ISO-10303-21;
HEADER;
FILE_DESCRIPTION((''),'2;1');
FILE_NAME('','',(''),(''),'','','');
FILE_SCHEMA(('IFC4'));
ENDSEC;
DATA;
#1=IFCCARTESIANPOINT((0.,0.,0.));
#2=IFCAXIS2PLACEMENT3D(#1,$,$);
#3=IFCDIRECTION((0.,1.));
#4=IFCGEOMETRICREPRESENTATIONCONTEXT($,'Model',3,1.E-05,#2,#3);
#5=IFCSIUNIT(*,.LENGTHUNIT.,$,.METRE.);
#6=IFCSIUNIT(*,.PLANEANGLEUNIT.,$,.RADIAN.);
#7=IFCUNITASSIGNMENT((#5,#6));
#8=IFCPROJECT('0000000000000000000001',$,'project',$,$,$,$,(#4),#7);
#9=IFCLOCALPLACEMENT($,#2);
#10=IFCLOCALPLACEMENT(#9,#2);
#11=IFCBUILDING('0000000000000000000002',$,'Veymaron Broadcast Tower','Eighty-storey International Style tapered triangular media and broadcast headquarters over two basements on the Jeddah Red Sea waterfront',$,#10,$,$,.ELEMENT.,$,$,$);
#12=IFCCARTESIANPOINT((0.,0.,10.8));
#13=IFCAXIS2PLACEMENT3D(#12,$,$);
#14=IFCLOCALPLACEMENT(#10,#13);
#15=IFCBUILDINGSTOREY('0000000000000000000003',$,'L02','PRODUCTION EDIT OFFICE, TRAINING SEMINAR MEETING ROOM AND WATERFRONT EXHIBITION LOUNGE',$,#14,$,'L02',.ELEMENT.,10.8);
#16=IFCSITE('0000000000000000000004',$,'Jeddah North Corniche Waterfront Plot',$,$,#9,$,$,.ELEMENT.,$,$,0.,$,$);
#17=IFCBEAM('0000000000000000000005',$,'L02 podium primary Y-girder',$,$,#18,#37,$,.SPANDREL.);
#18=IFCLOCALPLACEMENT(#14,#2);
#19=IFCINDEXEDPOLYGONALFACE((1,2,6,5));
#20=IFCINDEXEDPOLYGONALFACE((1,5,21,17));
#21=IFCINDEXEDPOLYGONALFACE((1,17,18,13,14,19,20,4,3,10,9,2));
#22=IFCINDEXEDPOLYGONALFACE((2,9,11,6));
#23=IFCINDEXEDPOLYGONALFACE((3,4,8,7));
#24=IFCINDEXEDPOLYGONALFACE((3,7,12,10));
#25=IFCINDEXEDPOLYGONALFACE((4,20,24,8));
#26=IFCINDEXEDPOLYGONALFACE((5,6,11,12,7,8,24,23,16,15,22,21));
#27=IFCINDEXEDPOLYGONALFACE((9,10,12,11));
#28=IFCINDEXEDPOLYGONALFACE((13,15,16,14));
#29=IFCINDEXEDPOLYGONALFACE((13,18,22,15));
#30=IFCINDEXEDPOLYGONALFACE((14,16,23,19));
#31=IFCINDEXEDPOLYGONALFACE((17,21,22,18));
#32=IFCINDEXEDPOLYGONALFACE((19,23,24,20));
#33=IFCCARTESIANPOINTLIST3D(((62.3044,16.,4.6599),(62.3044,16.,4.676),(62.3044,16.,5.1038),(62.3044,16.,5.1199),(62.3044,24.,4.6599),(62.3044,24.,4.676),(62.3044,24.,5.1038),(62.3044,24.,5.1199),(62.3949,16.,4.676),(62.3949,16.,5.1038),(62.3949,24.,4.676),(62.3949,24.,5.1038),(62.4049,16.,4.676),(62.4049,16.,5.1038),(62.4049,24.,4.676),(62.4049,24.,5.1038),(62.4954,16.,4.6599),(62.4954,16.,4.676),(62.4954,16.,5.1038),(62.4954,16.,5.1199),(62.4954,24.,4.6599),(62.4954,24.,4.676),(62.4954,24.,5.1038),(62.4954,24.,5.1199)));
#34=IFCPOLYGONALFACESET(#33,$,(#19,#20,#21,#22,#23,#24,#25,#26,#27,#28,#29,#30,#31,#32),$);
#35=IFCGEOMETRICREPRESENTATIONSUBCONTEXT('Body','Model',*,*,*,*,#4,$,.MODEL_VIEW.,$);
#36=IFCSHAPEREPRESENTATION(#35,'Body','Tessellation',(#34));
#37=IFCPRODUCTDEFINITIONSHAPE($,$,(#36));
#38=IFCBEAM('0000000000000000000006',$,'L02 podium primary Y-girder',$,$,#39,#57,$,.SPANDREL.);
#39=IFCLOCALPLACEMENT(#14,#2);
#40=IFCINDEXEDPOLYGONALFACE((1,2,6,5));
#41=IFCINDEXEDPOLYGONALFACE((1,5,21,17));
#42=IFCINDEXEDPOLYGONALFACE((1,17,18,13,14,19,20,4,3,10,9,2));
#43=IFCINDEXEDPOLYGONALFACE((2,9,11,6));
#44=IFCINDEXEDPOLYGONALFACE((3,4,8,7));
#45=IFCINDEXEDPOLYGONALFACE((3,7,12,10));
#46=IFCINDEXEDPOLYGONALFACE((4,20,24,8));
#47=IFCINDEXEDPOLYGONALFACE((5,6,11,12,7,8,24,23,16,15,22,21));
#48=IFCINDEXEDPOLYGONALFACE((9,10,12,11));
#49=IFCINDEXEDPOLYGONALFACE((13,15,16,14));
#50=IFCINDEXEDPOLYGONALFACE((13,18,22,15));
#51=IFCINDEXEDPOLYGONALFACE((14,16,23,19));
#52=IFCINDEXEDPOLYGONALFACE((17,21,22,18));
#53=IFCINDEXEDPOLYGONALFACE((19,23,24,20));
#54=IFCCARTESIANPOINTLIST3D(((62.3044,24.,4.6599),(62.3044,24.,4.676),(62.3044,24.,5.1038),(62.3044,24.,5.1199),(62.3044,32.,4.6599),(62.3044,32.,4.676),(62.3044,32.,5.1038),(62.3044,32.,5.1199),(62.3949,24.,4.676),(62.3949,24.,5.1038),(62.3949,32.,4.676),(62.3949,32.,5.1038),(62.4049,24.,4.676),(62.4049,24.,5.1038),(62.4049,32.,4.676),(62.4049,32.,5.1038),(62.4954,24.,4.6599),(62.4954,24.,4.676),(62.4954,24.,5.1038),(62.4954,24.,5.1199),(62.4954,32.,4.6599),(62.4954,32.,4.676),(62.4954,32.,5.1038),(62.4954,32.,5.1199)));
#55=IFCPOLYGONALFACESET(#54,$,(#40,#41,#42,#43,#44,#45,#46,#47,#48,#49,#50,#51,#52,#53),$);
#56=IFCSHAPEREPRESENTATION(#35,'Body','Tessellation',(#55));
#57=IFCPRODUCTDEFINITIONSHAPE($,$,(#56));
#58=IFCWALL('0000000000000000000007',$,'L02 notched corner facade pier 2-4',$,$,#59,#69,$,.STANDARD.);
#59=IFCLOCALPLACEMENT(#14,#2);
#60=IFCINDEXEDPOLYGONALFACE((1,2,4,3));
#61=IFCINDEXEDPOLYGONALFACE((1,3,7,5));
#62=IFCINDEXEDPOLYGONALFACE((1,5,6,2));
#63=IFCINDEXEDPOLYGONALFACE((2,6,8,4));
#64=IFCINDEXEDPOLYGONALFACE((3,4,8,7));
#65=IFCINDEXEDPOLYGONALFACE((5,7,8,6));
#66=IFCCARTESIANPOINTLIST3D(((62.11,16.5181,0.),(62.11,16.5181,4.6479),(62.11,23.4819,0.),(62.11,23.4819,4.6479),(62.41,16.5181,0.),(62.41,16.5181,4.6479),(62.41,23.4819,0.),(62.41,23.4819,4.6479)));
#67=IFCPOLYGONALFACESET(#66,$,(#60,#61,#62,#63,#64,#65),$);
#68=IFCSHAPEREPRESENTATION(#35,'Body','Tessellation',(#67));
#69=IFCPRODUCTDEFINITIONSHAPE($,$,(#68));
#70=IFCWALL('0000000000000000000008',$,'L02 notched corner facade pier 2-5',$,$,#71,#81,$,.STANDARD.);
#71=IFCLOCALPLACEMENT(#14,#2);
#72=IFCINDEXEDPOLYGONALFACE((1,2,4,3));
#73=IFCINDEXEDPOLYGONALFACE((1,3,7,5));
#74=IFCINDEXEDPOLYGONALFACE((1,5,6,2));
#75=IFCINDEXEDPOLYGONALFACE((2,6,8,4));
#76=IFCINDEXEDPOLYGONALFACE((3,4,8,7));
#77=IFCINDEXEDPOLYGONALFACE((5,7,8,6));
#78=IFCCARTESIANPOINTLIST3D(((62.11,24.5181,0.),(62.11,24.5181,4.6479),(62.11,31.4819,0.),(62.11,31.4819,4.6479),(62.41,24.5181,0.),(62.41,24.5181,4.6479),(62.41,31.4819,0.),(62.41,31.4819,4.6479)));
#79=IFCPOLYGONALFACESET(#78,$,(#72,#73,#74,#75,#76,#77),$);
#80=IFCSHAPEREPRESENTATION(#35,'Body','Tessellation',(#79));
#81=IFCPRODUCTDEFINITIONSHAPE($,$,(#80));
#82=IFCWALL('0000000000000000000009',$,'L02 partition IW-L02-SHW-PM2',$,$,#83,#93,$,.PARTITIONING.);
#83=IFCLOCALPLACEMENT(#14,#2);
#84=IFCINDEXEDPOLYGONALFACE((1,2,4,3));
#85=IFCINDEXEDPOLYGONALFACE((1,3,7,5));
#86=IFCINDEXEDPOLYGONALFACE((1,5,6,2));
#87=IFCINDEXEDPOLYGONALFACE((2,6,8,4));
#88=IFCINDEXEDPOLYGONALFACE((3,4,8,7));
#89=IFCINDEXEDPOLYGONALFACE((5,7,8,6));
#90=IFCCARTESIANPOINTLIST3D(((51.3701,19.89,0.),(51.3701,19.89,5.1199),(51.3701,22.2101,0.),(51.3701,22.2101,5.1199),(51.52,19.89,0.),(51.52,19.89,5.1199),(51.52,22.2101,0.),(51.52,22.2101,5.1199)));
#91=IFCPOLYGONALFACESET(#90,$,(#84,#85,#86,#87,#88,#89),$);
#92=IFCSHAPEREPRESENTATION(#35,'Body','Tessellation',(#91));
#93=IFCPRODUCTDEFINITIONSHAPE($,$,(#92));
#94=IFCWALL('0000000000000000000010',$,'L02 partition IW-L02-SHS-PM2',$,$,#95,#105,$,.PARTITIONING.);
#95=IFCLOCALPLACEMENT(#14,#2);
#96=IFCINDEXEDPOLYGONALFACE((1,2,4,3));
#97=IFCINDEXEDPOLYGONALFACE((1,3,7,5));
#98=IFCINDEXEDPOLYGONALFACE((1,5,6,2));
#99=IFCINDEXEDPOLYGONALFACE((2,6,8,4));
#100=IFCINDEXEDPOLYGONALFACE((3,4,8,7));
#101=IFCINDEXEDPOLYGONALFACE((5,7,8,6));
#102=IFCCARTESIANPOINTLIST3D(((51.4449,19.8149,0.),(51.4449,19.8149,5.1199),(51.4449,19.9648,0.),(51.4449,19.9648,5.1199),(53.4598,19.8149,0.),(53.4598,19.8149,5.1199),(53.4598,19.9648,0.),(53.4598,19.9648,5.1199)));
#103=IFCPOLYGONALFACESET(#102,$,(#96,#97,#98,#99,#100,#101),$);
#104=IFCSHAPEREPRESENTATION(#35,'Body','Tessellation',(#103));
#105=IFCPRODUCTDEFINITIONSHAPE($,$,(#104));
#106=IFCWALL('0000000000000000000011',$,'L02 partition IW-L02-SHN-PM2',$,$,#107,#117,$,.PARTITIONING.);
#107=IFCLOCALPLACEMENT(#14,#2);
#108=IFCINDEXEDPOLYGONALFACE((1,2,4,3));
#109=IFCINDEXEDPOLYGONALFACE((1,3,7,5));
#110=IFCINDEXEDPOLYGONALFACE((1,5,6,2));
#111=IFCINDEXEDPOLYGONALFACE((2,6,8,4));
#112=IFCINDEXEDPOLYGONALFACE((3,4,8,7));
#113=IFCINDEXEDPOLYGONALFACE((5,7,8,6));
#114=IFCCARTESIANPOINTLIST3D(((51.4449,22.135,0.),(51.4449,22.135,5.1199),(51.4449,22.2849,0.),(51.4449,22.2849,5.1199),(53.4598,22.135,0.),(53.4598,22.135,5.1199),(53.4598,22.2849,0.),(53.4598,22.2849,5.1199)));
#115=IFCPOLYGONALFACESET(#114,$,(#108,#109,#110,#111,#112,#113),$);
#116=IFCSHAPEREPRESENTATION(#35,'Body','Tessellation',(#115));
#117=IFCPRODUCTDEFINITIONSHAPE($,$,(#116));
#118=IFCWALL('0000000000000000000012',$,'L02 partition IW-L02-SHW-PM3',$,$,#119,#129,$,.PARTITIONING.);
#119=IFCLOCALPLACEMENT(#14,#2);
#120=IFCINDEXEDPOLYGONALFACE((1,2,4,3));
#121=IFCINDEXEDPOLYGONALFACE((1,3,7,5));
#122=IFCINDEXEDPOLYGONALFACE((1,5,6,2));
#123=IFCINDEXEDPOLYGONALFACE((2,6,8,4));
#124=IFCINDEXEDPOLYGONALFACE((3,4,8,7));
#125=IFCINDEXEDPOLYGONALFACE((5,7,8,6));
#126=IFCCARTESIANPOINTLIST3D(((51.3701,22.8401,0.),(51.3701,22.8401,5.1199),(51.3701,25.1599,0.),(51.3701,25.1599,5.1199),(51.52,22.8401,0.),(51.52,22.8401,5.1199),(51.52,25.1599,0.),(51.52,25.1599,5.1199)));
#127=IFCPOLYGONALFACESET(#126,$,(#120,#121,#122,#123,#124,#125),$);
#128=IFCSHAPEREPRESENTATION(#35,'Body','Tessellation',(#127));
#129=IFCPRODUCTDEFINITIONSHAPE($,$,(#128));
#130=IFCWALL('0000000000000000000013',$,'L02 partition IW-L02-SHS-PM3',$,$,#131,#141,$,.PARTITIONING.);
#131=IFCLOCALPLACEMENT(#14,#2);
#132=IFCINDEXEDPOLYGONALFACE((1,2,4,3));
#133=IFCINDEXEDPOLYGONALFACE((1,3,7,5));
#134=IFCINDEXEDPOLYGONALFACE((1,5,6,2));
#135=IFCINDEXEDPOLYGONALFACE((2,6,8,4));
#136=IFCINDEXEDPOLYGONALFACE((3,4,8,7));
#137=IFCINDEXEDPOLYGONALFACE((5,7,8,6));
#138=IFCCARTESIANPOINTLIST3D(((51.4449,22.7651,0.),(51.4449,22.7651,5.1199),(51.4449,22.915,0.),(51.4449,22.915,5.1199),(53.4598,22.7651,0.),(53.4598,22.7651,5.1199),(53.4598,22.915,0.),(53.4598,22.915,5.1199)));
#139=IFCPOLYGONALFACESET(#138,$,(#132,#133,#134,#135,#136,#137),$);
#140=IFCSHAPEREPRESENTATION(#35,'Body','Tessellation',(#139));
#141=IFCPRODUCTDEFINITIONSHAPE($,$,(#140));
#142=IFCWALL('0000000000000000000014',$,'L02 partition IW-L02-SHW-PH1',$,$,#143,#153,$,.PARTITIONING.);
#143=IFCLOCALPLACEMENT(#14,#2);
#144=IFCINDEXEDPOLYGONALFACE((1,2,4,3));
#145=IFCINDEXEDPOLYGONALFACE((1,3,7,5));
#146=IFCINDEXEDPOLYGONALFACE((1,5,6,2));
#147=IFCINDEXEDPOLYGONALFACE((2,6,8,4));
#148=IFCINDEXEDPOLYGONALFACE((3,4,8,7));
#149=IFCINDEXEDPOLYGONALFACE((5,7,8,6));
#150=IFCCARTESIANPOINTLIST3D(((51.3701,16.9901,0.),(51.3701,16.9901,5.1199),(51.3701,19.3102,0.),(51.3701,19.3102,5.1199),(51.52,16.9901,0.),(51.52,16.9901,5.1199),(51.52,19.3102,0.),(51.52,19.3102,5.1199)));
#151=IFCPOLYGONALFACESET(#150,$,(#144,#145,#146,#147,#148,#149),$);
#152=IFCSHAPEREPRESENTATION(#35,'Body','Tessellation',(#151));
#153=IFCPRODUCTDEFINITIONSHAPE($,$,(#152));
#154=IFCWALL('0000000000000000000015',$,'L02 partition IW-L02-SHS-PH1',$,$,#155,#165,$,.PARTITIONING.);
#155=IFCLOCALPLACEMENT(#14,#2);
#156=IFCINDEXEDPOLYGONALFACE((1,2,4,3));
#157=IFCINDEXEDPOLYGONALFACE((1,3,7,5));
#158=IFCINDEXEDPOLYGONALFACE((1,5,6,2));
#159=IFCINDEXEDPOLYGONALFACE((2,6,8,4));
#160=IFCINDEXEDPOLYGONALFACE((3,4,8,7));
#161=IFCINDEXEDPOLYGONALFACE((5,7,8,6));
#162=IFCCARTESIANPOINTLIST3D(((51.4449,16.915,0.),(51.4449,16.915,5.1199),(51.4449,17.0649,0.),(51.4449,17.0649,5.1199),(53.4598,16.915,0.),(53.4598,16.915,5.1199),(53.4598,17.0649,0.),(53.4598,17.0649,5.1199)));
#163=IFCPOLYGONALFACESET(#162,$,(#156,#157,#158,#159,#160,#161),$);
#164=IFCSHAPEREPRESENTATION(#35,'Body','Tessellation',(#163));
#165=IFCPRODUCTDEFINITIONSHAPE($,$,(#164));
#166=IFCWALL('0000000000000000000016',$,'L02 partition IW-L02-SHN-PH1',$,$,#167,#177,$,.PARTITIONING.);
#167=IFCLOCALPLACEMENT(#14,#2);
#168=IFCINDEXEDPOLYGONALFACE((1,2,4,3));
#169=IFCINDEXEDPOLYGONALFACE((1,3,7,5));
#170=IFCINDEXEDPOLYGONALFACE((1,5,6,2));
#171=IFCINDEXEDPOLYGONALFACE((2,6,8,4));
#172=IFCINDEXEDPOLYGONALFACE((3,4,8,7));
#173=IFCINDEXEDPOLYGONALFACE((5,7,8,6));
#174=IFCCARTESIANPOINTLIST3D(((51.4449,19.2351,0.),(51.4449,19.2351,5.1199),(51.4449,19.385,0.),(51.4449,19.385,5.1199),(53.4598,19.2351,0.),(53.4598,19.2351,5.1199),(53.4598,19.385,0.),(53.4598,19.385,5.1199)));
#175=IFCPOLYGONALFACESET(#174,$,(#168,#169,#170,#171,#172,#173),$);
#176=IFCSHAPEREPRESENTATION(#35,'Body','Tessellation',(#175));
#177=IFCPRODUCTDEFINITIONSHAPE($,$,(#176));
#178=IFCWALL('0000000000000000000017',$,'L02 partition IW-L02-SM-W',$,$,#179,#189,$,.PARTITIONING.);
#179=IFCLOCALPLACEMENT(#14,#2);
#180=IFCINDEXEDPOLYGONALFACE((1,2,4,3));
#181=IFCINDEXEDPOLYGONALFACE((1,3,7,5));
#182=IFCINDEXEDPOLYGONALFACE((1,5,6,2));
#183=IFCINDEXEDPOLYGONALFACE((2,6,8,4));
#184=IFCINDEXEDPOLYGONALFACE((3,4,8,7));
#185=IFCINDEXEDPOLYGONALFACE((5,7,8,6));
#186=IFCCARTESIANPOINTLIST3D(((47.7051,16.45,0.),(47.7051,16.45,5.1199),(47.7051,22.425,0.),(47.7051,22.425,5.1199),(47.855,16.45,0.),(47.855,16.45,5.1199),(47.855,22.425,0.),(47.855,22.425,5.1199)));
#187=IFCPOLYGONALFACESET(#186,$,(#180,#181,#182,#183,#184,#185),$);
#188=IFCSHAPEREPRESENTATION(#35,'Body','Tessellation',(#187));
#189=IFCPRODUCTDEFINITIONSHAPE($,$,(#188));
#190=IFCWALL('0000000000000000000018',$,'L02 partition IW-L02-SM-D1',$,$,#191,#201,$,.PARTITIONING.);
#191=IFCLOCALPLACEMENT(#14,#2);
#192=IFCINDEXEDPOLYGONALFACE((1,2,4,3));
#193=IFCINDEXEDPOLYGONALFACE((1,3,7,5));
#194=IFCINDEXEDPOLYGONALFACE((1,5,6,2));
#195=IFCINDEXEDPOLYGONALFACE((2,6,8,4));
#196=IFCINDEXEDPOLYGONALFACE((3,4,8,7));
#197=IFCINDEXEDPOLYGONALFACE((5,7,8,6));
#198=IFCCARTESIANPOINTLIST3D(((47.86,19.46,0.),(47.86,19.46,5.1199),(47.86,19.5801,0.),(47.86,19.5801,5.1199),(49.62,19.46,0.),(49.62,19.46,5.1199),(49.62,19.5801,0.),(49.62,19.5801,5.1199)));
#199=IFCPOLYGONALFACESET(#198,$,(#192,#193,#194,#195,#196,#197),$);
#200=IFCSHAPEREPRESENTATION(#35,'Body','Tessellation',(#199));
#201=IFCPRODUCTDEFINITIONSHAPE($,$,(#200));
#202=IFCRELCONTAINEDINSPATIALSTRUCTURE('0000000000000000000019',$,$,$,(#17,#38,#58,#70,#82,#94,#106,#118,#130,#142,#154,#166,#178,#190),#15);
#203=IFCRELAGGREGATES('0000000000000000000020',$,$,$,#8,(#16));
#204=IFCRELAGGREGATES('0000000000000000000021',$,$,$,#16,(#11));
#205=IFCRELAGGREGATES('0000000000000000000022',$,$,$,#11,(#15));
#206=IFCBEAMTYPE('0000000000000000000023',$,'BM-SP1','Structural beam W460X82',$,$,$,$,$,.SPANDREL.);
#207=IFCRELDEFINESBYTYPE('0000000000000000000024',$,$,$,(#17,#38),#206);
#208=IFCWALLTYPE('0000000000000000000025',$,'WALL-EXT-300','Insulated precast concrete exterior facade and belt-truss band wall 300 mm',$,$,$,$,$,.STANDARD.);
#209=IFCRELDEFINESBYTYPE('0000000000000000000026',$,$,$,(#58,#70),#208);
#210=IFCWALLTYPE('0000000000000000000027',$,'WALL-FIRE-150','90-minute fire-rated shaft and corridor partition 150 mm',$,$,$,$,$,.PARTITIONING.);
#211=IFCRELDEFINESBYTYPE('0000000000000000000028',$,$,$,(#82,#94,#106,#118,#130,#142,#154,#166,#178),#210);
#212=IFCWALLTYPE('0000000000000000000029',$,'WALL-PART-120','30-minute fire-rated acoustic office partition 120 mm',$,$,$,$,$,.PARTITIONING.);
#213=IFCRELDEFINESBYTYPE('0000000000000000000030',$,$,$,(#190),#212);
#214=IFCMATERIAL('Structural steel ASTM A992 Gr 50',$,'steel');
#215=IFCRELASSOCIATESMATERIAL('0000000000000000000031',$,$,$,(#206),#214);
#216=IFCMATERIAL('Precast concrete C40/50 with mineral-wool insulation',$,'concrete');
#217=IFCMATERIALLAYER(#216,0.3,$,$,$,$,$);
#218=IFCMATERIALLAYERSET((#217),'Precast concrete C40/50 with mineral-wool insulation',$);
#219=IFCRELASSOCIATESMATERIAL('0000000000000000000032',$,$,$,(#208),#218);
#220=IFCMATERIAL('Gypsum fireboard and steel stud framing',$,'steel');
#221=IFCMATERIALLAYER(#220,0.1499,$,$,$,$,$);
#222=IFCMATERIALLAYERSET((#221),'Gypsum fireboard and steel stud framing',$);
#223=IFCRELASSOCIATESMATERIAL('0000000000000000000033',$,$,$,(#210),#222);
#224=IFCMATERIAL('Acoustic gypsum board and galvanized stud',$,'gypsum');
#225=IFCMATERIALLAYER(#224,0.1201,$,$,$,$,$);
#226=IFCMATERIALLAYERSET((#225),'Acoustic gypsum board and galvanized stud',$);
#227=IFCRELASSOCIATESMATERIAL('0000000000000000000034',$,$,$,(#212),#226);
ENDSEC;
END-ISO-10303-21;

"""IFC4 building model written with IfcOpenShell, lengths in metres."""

from ifc_helpers import new_model, si_unit, direction, frame, frame_2d, origin, origin_2d, place, context, subcontext, project, spatial, rectangle, i_section, extrude, material, layer, layer_set, material_profile, profile_set, type_object, element, save


model = new_model("IFC4")

# Units and contexts
model_context = context("Model", 3, precision=1e-05, world=origin(), true_north=direction((0.0, 1.0)))
body_context = subcontext(model_context, "Body", "Model", "MODEL_VIEW")
ifc_project = project(units=[si_unit("LENGTHUNIT", "METRE"), si_unit("PLANEANGLEUNIT", "RADIAN")], contexts=[model_context])

# Site, building, storey
site_placement = place(None, origin())
site = spatial("IfcSite", under=ifc_project, at=site_placement, Name="Jeddah North Corniche Waterfront Plot", CompositionType="ELEMENT", RefElevation=0.0)
building_placement = place(site_placement, origin())
building = spatial("IfcBuilding", under=site, at=building_placement, Name="Veymaron Broadcast Tower", Description="Eighty-storey International Style tapered triangular media and broadcast headquarters over two basements on the Jeddah Red Sea waterfront", CompositionType="ELEMENT")
storey_placement = place(building_placement, frame((0.0, 0.0, 10.8)))
storey = spatial("IfcBuildingStorey", under=building, at=storey_placement, Name="L02", Description="PRODUCTION EDIT OFFICE, TRAINING SEMINAR MEETING ROOM AND WATERFRONT EXHIBITION LOUNGE", LongName="L02", CompositionType="ELEMENT", Elevation=10.8)

# Beams
ifc_material_1 = material(Name="Structural steel ASTM A992 Gr 50", Category="steel")
ifc_material_profile_1 = material_profile(ifc_material_1, i_section(OverallWidth=0.1909, OverallDepth=0.46, WebThickness=0.01, FlangeThickness=0.0161, at=origin_2d()), Name="W460X82")
ifc_profile_set_1 = profile_set([ifc_material_profile_1], Name="Structural steel ASTM A992 Gr 50")
beam_type_1 = type_object("IfcBeamType", Name="BM-SP1", Description="Structural beam W460X82", PredefinedType="SPANDREL", material=ifc_profile_set_1)
for number, where, z_axis, x_axis, name in (
    (1, (62.3999, 16.0, 4.8899), (0.0, 1.0, 0.0), (-1.0, 0.0, 0.0), "L02 podium primary Y-girder"),
    (2, (62.3999, 24.0, 4.8899), (0.0, 1.0, 0.0), (-1.0, 0.0, 0.0), "L02 podium primary Y-girder"),
):
    element("IfcBeam", number, at=place(storey_placement, frame(where, z_axis=z_axis, x_axis=x_axis)), inside=storey, type_object=beam_type_1, Name=name, PredefinedType="SPANDREL", context=body_context, shape_type="SweptSolid", body=[
        extrude(i_section(OverallWidth=0.1909, OverallDepth=0.46, WebThickness=0.01, FlangeThickness=0.0161, at=origin_2d()), origin(), (0.0, 0.0, 1.0), 8.0),
    ])

# Walls
ifc_material_2 = material(Name="Precast concrete C40/50 with mineral-wool insulation", Category="concrete")
ifc_layer_1 = layer(ifc_material_2, 0.3)
ifc_layer_set_1 = layer_set([ifc_layer_1], Name="Precast concrete C40/50 with mineral-wool insulation")
wall_type_1 = type_object("IfcWallType", Name="WALL-EXT-300", Description="Insulated precast concrete exterior facade and belt-truss band wall 300 mm", PredefinedType="STANDARD", material=ifc_layer_set_1)
for number, where, z_axis, x_axis, name in (
    (3, (62.26, 16.5181, 0.0), (0.0, 0.0, 1.0), (0.0, 1.0, 0.0), "L02 notched corner facade pier 2-4"),
    (4, (62.26, 24.5181, 0.0), (0.0, 0.0, 1.0), (0.0, 1.0, 0.0), "L02 notched corner facade pier 2-5"),
):
    element("IfcWall", number, at=place(storey_placement, frame(where, z_axis=z_axis, x_axis=x_axis)), inside=storey, type_object=wall_type_1, Name=name, PredefinedType="STANDARD", context=body_context, shape_type="SweptSolid", body=[
        extrude(rectangle(XDim=6.9639, YDim=0.3, at=frame_2d((3.4819, 0.0))), origin(), (0.0, 0.0, 1.0), 4.6479),
    ])
ifc_material_3 = material(Name="Gypsum fireboard and steel stud framing", Category="steel")
ifc_layer_2 = layer(ifc_material_3, 0.1499)
ifc_layer_set_2 = layer_set([ifc_layer_2], Name="Gypsum fireboard and steel stud framing")
wall_type_2 = type_object("IfcWallType", Name="WALL-FIRE-150", Description="90-minute fire-rated shaft and corridor partition 150 mm", PredefinedType="PARTITIONING", material=ifc_layer_set_2)
wall_1_placement = place(storey_placement, frame((51.4451, 19.8899, 0.0), z_axis=(0.0, 0.0, 1.0), x_axis=(0.0, 1.0, 0.0)))
element("IfcWall", 5, at=wall_1_placement, inside=storey, type_object=wall_type_2, Name="L02 partition IW-L02-SHW-PM2", PredefinedType="PARTITIONING", context=body_context, shape_type="SweptSolid", body=[
    extrude(rectangle(XDim=2.3201, YDim=0.1499, at=frame_2d((1.1602, 0.0))), origin(), (0.0, 0.0, 1.0), 5.1199),
])
for number, where, z_axis, x_axis, name in (
    (6, (51.4451, 19.8899, 0.0), (0.0, 0.0, 1.0), (1.0, 0.0, 0.0), "L02 partition IW-L02-SHS-PM2"),
    (7, (51.4451, 22.21, 0.0), (0.0, 0.0, 1.0), (1.0, 0.0, 0.0), "L02 partition IW-L02-SHN-PM2"),
):
    element("IfcWall", number, at=place(storey_placement, frame(where, z_axis=z_axis, x_axis=x_axis)), inside=storey, type_object=wall_type_2, Name=name, PredefinedType="PARTITIONING", context=body_context, shape_type="SweptSolid", body=[
        extrude(rectangle(XDim=2.0149, YDim=0.1499, at=frame_2d((1.0073, 0.0))), origin(), (0.0, 0.0, 1.0), 5.1199),
    ])
wall_2_placement = place(storey_placement, frame((51.4451, 22.8401, 0.0), z_axis=(0.0, 0.0, 1.0), x_axis=(0.0, 1.0, 0.0)))
element("IfcWall", 8, at=wall_2_placement, inside=storey, type_object=wall_type_2, Name="L02 partition IW-L02-SHW-PM3", PredefinedType="PARTITIONING", context=body_context, shape_type="SweptSolid", body=[
    extrude(rectangle(XDim=2.3198, YDim=0.1499, at=frame_2d((1.1599, 0.0))), origin(), (0.0, 0.0, 1.0), 5.1199),
])
wall_3_placement = place(storey_placement, frame((51.4451, 22.8401, 0.0), z_axis=(0.0, 0.0, 1.0), x_axis=(1.0, 0.0, 0.0)))
element("IfcWall", 9, at=wall_3_placement, inside=storey, type_object=wall_type_2, Name="L02 partition IW-L02-SHS-PM3", PredefinedType="PARTITIONING", context=body_context, shape_type="SweptSolid", body=[
    extrude(rectangle(XDim=2.0149, YDim=0.1499, at=frame_2d((1.0073, 0.0))), origin(), (0.0, 0.0, 1.0), 5.1199),
])
wall_4_placement = place(storey_placement, frame((51.4451, 16.99, 0.0), z_axis=(0.0, 0.0, 1.0), x_axis=(0.0, 1.0, 0.0)))
element("IfcWall", 10, at=wall_4_placement, inside=storey, type_object=wall_type_2, Name="L02 partition IW-L02-SHW-PH1", PredefinedType="PARTITIONING", context=body_context, shape_type="SweptSolid", body=[
    extrude(rectangle(XDim=2.3201, YDim=0.1499, at=frame_2d((1.1602, 0.0))), origin(), (0.0, 0.0, 1.0), 5.1199),
])
for number, where, z_axis, x_axis, name in (
    (11, (51.4451, 16.99, 0.0), (0.0, 0.0, 1.0), (1.0, 0.0, 0.0), "L02 partition IW-L02-SHS-PH1"),
    (12, (51.4451, 19.3101, 0.0), (0.0, 0.0, 1.0), (1.0, 0.0, 0.0), "L02 partition IW-L02-SHN-PH1"),
):
    element("IfcWall", number, at=place(storey_placement, frame(where, z_axis=z_axis, x_axis=x_axis)), inside=storey, type_object=wall_type_2, Name=name, PredefinedType="PARTITIONING", context=body_context, shape_type="SweptSolid", body=[
        extrude(rectangle(XDim=2.0149, YDim=0.1499, at=frame_2d((1.0073, 0.0))), origin(), (0.0, 0.0, 1.0), 5.1199),
    ])

# Walls
wall_5_placement = place(storey_placement, frame((47.78, 16.45, 0.0), z_axis=(0.0, 0.0, 1.0), x_axis=(0.0, 1.0, 0.0)))
element("IfcWall", 13, at=wall_5_placement, inside=storey, type_object=wall_type_2, Name="L02 partition IW-L02-SM-W", PredefinedType="PARTITIONING", context=body_context, shape_type="SweptSolid", body=[
    extrude(rectangle(XDim=5.9751, YDim=0.1499, at=frame_2d((2.9875, 0.0))), origin(), (0.0, 0.0, 1.0), 5.1199),
])
ifc_material_4 = material(Name="Acoustic gypsum board and galvanized stud", Category="gypsum")
ifc_layer_3 = layer(ifc_material_4, 0.1201)
ifc_layer_set_3 = layer_set([ifc_layer_3], Name="Acoustic gypsum board and galvanized stud")
wall_type_3 = type_object("IfcWallType", Name="WALL-PART-120", Description="30-minute fire-rated acoustic office partition 120 mm", PredefinedType="PARTITIONING", material=ifc_layer_set_3)
for number, where, z_axis, x_axis, name in (
    (14, (47.8601, 19.52, 0.0), (0.0, 0.0, 1.0), (1.0, 0.0, 0.0), "L02 partition IW-L02-SM-D1"),
):
    element("IfcWall", number, at=place(storey_placement, frame(where, z_axis=z_axis, x_axis=x_axis)), inside=storey, type_object=wall_type_3, Name=name, PredefinedType="PARTITIONING", context=body_context, shape_type="SweptSolid", body=[
        extrude(rectangle(XDim=1.76, YDim=0.1201, at=frame_2d((0.8799, 0.0))), origin(), (0.0, 0.0, 1.0), 5.1199),
    ])

save(model, "model.ifc")
